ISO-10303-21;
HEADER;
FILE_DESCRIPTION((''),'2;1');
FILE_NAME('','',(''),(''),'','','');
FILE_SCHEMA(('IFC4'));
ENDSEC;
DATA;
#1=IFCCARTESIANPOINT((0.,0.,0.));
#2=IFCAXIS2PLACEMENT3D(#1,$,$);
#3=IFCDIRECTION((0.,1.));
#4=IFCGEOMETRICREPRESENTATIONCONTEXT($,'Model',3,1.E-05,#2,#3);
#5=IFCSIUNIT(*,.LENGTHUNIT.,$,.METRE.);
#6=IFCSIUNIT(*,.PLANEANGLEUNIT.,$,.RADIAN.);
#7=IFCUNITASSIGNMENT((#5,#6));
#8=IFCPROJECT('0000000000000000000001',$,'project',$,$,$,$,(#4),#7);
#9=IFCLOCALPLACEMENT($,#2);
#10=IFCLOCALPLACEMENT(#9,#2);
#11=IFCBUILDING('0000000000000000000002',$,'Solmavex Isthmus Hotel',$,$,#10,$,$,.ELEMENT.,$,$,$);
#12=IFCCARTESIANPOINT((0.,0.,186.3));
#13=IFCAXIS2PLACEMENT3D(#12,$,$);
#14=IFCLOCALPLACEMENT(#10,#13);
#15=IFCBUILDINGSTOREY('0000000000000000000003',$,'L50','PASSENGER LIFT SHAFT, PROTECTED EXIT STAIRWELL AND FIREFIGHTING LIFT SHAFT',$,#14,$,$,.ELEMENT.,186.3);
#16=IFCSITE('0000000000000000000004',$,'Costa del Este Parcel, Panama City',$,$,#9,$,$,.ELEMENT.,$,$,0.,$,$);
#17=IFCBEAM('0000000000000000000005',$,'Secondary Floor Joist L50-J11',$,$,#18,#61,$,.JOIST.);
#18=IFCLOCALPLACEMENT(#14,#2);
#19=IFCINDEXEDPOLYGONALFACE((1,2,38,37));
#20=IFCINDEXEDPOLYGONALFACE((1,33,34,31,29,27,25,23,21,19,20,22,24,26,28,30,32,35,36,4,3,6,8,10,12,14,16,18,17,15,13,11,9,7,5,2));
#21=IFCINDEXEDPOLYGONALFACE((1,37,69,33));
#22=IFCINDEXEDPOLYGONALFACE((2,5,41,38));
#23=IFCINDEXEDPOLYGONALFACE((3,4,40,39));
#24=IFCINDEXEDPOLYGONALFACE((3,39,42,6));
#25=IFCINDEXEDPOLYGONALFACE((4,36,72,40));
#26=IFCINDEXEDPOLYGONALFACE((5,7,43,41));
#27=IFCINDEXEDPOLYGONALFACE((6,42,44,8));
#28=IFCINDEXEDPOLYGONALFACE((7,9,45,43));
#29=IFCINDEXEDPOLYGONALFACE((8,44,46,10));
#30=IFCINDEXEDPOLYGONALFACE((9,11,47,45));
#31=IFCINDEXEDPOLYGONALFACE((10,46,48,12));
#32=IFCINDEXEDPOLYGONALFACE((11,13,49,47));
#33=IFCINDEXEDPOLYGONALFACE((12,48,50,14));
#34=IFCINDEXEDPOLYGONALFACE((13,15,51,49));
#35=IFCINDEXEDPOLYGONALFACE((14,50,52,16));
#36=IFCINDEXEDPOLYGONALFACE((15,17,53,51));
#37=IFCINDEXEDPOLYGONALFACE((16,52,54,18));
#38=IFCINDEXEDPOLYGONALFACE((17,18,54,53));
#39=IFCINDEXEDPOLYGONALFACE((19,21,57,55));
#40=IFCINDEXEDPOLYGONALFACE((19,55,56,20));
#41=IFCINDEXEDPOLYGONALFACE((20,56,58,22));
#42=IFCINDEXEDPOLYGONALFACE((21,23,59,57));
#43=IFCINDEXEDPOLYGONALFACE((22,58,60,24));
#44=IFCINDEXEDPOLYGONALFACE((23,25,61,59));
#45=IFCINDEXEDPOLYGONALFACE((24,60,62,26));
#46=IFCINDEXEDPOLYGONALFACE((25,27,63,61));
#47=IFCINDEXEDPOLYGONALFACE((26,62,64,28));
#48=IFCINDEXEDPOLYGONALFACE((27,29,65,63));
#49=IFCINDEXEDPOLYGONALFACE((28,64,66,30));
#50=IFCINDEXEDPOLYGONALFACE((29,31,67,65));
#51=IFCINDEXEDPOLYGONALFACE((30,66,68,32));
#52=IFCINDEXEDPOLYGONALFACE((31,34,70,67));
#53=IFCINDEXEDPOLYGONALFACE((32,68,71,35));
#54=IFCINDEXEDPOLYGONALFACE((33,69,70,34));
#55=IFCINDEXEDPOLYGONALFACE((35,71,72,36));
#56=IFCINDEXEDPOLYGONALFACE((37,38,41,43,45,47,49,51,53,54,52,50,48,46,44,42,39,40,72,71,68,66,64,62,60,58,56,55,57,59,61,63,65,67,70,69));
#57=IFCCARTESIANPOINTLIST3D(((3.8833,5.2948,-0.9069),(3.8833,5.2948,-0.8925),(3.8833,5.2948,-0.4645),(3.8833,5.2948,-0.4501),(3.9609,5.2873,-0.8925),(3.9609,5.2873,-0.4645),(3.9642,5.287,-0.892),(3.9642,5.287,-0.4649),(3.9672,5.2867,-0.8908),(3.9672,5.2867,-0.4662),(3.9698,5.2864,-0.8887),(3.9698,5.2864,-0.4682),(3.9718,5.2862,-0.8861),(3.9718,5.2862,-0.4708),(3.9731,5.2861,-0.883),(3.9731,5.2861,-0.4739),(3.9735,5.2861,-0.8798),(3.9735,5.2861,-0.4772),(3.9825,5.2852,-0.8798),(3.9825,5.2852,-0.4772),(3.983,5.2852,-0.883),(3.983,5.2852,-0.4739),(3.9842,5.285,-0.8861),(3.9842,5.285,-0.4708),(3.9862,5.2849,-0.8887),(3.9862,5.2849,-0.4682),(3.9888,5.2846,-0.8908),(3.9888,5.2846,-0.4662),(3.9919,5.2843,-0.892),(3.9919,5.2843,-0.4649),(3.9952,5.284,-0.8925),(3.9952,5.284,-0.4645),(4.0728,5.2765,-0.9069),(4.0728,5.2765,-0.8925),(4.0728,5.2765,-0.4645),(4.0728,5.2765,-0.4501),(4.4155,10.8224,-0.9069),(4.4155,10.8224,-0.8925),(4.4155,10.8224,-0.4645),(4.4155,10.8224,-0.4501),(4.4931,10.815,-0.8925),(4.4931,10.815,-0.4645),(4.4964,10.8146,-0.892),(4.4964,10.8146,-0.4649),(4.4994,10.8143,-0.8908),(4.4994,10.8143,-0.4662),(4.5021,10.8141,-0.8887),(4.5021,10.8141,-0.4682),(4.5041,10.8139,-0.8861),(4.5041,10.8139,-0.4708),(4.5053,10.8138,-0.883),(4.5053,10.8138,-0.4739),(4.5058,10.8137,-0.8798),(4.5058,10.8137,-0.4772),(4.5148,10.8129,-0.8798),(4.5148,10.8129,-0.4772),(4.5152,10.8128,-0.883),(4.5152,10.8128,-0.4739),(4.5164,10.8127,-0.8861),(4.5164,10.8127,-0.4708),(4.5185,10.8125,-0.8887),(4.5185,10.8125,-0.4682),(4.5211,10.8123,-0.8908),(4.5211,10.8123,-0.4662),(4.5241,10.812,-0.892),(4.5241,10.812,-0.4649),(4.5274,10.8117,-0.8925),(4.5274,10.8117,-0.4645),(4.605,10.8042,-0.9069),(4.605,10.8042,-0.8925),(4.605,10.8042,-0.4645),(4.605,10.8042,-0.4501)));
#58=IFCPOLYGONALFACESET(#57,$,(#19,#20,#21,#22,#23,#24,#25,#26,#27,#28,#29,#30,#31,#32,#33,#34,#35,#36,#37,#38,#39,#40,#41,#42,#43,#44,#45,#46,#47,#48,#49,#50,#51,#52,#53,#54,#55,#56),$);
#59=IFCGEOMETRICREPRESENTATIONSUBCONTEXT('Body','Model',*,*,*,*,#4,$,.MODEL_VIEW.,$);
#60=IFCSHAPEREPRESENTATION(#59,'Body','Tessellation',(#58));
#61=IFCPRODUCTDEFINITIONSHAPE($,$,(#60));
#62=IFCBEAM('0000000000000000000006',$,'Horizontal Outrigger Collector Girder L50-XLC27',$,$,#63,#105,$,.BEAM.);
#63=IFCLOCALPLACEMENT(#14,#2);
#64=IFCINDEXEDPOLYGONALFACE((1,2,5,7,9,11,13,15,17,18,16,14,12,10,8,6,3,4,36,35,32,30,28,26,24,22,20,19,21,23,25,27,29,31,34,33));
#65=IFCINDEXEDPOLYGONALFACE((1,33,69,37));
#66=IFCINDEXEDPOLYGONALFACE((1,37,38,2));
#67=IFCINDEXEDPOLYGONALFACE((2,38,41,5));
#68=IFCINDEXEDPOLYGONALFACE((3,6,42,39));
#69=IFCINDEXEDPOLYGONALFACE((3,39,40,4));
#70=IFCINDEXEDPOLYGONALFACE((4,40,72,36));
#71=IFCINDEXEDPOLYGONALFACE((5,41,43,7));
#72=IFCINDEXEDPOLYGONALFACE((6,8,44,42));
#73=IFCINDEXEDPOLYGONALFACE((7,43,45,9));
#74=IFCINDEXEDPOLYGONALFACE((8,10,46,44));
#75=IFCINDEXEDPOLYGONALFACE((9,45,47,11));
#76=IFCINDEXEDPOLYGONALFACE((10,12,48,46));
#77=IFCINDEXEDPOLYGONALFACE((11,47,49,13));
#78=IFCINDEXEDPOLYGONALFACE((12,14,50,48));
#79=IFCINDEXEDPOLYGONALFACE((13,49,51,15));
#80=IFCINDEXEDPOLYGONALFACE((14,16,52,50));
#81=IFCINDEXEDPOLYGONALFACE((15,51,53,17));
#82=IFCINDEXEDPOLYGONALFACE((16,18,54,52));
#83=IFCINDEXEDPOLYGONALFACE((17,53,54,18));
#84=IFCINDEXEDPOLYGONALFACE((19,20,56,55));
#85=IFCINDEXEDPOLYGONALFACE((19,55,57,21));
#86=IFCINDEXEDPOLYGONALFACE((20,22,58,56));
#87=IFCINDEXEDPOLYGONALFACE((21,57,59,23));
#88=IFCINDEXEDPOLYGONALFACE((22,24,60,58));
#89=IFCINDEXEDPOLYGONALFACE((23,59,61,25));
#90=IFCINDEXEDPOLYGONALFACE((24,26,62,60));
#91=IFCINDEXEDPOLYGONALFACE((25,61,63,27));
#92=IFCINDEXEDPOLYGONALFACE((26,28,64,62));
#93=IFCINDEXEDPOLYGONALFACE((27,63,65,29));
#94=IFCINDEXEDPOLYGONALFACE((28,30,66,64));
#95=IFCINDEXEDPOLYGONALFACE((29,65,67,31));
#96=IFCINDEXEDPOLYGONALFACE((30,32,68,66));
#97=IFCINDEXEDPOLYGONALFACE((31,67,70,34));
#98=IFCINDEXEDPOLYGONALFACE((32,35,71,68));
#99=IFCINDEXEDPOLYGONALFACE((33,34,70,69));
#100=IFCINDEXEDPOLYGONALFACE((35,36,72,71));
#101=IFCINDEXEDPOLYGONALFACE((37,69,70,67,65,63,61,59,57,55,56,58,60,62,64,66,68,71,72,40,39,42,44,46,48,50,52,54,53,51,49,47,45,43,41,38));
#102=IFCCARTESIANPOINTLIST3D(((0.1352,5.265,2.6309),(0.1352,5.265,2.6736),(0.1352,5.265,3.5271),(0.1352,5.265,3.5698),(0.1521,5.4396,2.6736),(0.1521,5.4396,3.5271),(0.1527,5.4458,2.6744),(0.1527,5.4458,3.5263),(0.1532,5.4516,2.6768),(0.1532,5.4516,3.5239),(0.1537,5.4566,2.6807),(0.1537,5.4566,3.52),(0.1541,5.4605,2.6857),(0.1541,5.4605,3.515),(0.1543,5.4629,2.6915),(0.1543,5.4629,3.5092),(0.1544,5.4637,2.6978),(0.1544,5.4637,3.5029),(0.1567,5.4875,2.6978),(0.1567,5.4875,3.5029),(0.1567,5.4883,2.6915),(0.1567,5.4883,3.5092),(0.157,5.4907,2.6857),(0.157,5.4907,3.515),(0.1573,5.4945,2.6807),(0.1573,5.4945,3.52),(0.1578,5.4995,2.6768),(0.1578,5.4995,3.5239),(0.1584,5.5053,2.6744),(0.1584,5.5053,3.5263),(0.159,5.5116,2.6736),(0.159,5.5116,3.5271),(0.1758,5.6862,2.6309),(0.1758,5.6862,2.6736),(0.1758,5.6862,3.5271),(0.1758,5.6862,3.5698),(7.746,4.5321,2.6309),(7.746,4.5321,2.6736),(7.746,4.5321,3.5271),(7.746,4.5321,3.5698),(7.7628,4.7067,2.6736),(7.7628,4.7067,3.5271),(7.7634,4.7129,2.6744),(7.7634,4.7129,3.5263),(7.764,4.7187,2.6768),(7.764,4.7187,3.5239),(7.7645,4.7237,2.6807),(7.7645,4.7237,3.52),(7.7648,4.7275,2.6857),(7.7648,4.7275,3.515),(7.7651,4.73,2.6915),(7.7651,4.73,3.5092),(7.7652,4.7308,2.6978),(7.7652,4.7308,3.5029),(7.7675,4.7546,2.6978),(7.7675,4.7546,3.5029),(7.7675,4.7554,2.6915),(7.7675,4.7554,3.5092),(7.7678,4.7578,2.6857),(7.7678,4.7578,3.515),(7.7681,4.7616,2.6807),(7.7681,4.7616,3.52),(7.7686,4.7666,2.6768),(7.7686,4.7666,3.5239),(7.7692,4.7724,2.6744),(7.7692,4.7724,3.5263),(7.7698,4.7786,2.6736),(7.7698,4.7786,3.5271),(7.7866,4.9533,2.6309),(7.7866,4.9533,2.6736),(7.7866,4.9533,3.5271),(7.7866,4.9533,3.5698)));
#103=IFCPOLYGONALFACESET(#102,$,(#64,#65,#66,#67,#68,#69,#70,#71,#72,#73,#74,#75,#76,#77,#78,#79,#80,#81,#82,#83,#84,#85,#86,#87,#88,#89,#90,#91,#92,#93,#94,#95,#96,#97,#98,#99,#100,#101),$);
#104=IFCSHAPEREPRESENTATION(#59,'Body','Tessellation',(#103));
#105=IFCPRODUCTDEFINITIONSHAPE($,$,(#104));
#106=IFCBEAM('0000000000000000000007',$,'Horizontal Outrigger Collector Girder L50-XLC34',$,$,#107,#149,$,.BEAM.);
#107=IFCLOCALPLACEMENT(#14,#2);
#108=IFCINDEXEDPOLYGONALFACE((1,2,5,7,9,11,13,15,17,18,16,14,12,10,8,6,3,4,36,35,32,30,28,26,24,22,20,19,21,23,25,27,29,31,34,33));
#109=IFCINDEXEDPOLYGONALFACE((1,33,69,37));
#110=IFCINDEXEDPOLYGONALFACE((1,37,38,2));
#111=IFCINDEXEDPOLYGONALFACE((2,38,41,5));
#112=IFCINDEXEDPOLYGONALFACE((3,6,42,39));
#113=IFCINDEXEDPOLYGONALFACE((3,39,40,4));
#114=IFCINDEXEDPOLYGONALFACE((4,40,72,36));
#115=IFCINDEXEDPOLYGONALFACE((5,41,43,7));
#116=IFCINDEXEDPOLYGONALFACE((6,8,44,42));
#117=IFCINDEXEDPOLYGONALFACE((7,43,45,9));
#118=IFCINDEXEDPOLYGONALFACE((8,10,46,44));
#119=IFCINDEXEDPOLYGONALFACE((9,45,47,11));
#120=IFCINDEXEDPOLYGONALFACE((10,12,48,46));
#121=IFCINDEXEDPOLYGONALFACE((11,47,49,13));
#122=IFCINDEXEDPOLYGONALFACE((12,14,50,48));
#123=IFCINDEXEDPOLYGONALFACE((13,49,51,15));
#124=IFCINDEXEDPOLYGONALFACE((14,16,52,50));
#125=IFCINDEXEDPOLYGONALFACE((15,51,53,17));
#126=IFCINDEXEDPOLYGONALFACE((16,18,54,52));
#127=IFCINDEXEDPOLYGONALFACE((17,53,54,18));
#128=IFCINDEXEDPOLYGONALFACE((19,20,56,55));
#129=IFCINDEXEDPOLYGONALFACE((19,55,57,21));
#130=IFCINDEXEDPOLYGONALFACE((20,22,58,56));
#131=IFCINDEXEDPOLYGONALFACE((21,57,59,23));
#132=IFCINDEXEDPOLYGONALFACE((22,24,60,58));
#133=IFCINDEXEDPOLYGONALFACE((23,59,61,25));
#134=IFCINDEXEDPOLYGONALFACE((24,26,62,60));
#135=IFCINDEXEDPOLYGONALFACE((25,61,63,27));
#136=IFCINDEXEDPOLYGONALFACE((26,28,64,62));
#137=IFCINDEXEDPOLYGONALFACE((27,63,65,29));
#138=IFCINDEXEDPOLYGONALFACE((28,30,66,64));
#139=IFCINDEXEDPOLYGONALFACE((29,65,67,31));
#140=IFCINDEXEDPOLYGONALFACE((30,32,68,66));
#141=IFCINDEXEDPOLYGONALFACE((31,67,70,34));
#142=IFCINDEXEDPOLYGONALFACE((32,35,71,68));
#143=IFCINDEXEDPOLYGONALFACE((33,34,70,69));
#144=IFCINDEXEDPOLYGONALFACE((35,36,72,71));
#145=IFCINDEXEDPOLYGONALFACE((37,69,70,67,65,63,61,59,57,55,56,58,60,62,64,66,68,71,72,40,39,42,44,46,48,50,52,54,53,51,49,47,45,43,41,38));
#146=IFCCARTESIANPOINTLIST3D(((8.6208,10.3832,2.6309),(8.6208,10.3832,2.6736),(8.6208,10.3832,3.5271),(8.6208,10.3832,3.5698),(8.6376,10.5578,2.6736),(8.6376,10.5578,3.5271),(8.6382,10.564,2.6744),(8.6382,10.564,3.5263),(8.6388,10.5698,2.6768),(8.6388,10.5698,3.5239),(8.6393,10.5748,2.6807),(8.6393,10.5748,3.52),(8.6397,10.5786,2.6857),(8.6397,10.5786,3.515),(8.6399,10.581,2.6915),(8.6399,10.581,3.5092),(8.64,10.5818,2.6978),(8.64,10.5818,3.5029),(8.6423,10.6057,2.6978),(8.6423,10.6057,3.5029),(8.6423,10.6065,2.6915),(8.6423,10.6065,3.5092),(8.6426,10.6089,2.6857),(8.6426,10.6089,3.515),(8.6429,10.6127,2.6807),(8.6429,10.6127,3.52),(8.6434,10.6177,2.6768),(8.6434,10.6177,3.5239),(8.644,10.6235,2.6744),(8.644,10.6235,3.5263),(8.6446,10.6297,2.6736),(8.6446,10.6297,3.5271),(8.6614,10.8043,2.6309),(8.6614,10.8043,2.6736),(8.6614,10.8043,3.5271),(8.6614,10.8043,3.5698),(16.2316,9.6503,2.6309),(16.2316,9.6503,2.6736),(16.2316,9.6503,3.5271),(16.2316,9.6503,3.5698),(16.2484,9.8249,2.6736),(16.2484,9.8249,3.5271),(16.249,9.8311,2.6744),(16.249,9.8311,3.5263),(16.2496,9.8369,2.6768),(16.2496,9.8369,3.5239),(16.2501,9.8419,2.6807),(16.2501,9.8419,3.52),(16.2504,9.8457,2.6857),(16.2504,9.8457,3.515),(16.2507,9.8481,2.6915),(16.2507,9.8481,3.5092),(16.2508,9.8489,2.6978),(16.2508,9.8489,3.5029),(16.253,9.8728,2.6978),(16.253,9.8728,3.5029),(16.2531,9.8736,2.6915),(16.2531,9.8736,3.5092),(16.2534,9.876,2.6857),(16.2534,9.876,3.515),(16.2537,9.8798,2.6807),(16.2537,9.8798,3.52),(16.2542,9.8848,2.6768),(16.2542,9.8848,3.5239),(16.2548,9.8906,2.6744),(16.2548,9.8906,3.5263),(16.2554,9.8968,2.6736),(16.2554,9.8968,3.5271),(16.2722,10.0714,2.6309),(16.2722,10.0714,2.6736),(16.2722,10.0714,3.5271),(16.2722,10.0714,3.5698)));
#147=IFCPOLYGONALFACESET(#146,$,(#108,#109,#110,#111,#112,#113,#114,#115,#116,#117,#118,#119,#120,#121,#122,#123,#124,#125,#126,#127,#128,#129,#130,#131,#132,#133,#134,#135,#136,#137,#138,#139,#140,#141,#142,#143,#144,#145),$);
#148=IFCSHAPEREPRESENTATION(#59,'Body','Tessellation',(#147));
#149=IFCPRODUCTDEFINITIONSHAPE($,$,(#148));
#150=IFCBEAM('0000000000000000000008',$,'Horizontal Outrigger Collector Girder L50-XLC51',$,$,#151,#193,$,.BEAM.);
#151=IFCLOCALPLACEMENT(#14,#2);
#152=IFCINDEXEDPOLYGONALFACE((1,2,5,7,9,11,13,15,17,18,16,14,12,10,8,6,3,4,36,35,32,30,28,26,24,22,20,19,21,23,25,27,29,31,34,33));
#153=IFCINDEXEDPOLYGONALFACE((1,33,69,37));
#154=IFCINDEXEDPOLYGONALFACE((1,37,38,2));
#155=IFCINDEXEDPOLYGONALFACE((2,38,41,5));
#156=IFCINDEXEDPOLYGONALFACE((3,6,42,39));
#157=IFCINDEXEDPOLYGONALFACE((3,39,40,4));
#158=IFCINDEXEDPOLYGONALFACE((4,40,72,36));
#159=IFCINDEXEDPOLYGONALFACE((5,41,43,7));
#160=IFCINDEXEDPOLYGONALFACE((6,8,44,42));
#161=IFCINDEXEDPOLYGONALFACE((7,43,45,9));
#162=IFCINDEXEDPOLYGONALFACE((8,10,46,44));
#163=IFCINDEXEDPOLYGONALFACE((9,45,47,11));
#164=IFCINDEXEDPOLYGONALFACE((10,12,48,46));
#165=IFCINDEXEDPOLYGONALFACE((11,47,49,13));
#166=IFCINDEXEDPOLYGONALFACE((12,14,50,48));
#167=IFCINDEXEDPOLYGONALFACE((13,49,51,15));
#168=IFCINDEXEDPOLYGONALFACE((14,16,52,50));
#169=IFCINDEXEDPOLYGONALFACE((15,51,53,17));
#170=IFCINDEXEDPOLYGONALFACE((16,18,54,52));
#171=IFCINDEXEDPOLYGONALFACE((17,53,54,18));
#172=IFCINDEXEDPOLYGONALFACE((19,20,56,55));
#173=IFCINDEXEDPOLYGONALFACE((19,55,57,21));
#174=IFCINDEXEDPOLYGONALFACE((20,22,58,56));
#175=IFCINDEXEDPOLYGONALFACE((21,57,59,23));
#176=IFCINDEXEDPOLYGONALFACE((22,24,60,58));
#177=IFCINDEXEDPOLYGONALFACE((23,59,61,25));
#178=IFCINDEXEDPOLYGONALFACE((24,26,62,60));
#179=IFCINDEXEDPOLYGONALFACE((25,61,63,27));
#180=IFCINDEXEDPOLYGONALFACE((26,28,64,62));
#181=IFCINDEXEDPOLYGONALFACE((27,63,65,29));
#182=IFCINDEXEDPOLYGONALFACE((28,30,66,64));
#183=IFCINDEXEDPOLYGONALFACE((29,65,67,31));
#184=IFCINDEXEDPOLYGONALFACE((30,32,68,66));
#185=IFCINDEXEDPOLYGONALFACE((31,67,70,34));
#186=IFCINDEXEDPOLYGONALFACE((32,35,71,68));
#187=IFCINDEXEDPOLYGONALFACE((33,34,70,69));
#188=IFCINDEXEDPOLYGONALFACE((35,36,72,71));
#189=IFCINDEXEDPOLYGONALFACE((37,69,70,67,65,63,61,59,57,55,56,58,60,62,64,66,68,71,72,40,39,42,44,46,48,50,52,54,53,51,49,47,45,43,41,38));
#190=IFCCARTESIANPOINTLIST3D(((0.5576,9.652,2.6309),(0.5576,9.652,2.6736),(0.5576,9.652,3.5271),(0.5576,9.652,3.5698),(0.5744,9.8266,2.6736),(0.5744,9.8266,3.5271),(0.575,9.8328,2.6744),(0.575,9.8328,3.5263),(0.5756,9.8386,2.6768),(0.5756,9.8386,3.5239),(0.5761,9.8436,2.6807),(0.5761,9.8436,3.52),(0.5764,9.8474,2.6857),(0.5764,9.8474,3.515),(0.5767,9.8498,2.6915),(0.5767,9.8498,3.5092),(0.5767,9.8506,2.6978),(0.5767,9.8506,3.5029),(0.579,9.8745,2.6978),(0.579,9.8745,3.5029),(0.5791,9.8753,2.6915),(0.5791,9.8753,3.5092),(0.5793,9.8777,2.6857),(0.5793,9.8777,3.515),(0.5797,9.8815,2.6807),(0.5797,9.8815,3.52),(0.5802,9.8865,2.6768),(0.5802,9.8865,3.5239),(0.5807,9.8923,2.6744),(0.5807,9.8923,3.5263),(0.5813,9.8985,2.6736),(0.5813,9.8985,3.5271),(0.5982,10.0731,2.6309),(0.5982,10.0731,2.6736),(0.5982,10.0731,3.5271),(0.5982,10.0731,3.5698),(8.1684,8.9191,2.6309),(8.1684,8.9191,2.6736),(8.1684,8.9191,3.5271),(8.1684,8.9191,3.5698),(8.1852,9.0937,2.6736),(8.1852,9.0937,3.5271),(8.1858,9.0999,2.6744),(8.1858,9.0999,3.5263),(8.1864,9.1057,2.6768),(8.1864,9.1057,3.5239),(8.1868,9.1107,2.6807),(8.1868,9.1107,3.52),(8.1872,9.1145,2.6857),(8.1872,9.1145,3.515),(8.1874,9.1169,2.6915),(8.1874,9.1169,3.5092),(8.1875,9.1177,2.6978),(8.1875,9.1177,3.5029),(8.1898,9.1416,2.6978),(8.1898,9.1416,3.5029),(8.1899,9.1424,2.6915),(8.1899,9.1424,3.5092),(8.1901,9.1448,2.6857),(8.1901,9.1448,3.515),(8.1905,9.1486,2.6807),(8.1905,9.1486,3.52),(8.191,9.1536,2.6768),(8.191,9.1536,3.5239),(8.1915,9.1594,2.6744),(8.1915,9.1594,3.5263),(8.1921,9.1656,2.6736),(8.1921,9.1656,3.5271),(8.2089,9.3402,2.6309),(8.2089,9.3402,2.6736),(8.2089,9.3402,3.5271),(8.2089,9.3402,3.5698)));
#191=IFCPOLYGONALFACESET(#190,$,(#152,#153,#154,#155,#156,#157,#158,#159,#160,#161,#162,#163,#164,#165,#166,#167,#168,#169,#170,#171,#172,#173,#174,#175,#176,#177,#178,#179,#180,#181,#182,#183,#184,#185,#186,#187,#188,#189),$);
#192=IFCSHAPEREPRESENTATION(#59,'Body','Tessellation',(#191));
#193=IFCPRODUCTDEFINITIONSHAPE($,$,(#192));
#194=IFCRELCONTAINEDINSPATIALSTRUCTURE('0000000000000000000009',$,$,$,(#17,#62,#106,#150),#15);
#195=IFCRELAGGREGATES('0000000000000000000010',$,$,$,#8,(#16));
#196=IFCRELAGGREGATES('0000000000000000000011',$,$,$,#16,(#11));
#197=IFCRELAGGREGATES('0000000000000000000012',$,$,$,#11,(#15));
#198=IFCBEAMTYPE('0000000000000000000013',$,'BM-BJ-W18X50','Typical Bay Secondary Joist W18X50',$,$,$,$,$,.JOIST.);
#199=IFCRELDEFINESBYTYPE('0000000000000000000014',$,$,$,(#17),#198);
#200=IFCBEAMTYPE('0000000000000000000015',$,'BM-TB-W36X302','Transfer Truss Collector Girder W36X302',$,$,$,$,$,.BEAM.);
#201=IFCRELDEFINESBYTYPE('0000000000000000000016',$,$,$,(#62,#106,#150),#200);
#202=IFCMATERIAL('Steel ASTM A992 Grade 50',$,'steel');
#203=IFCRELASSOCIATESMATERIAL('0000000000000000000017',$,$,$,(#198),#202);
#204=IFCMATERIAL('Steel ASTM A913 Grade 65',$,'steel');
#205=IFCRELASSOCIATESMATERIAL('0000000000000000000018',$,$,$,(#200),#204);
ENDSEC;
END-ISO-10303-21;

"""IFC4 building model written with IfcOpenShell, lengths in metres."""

from ifc_helpers import new_model, si_unit, direction, frame, origin, origin_2d, place, context, subcontext, project, spatial, i_section, extrude, material, material_profile, profile_set, type_object, element, save


model = new_model("IFC4")

# Units and contexts
model_context = context("Model", 3, precision=1e-05, world=origin(), true_north=direction((0.0, 1.0)))
body_context = subcontext(model_context, "Body", "Model", "MODEL_VIEW")
ifc_project = project(units=[si_unit("LENGTHUNIT", "METRE"), si_unit("PLANEANGLEUNIT", "RADIAN")], contexts=[model_context])

# Site, building, storey
site_placement = place(None, origin())
site = spatial("IfcSite", under=ifc_project, at=site_placement, Name="Costa del Este Parcel, Panama City", CompositionType="ELEMENT", RefElevation=0.0)
building_placement = place(site_placement, origin())
building = spatial("IfcBuilding", under=site, at=building_placement, Name="Solmavex Isthmus Hotel", CompositionType="ELEMENT")
storey_placement = place(building_placement, frame((0.0, 0.0, 186.3)))
storey = spatial("IfcBuildingStorey", under=building, at=storey_placement, Name="L50", Description="PASSENGER LIFT SHAFT, PROTECTED EXIT STAIRWELL AND FIREFIGHTING LIFT SHAFT", CompositionType="ELEMENT", Elevation=186.3)

# Shared definitions
ifc_material_1 = material(Name="Steel ASTM A913 Grade 65", Category="steel")

# Beams
ifc_material_2 = material(Name="Steel ASTM A992 Grade 50", Category="steel")
ifc_material_profile_1 = material_profile(ifc_material_2, i_section(OverallWidth=0.1904, OverallDepth=0.4568, WebThickness=0.009, FlangeThickness=0.0144, FilletRadius=0.0127, at=origin_2d()), Name="W18X50")
ifc_profile_set_1 = profile_set([ifc_material_profile_1], Name="Steel ASTM A992 Grade 50")
beam_type_1 = type_object("IfcBeamType", Name="BM-BJ-W18X50", Description="Typical Bay Secondary Joist W18X50", PredefinedType="JOIST", material=ifc_profile_set_1)
beam_1_placement = place(storey_placement, frame((3.978, 5.2856, -0.6785), z_axis=(0.095842, 0.995397, 0.0), x_axis=(-0.995397, 0.095842, 0.0)))
element("IfcBeam", 1, at=beam_1_placement, inside=storey, type_object=beam_type_1, Name="Secondary Floor Joist L50-J11", PredefinedType="JOIST", context=body_context, shape_type="SweptSolid", body=[
    extrude(i_section(OverallWidth=0.1904, OverallDepth=0.4568, WebThickness=0.009, FlangeThickness=0.0144, FilletRadius=0.0127, at=origin_2d()), origin(), (0.0, 0.0, 1.0), 5.5532),
])
ifc_material_profile_2 = material_profile(ifc_material_1, i_section(OverallWidth=0.4231, OverallDepth=0.939, WebThickness=0.0239, FlangeThickness=0.0427, FilletRadius=0.0242, at=origin_2d()), Name="W36X302")
ifc_profile_set_2 = profile_set([ifc_material_profile_2], Name="Steel ASTM A913 Grade 65")
beam_type_2 = type_object("IfcBeamType", Name="BM-TB-W36X302", Description="Transfer Truss Collector Girder W36X302", PredefinedType="BEAM", material=ifc_profile_set_2)
for number, where, z_axis, x_axis, name in (
    (2, (0.1555, 5.4756, 3.1003), (0.995395, -0.095855, 0.0), (0.095855, 0.995395, 0.0), "Horizontal Outrigger Collector Girder L50-XLC27"),
    (3, (8.6411, 10.5938, 3.1003), (0.995395, -0.095855, 0.0), (0.095855, 0.995395, 0.0), "Horizontal Outrigger Collector Girder L50-XLC34"),
    (4, (0.5779, 9.8625, 3.1003), (0.995395, -0.095855, 0.0), (0.095855, 0.995395, 0.0), "Horizontal Outrigger Collector Girder L50-XLC51"),
):
    element("IfcBeam", number, at=place(storey_placement, frame(where, z_axis=z_axis, x_axis=x_axis)), inside=storey, type_object=beam_type_2, Name=name, PredefinedType="BEAM", context=body_context, shape_type="SweptSolid", body=[
        extrude(i_section(OverallWidth=0.4231, OverallDepth=0.939, WebThickness=0.0239, FlangeThickness=0.0427, FilletRadius=0.0242, at=origin_2d()), origin(), (0.0, 0.0, 1.0), 7.646),
    ])

save(model, "model.ifc")
